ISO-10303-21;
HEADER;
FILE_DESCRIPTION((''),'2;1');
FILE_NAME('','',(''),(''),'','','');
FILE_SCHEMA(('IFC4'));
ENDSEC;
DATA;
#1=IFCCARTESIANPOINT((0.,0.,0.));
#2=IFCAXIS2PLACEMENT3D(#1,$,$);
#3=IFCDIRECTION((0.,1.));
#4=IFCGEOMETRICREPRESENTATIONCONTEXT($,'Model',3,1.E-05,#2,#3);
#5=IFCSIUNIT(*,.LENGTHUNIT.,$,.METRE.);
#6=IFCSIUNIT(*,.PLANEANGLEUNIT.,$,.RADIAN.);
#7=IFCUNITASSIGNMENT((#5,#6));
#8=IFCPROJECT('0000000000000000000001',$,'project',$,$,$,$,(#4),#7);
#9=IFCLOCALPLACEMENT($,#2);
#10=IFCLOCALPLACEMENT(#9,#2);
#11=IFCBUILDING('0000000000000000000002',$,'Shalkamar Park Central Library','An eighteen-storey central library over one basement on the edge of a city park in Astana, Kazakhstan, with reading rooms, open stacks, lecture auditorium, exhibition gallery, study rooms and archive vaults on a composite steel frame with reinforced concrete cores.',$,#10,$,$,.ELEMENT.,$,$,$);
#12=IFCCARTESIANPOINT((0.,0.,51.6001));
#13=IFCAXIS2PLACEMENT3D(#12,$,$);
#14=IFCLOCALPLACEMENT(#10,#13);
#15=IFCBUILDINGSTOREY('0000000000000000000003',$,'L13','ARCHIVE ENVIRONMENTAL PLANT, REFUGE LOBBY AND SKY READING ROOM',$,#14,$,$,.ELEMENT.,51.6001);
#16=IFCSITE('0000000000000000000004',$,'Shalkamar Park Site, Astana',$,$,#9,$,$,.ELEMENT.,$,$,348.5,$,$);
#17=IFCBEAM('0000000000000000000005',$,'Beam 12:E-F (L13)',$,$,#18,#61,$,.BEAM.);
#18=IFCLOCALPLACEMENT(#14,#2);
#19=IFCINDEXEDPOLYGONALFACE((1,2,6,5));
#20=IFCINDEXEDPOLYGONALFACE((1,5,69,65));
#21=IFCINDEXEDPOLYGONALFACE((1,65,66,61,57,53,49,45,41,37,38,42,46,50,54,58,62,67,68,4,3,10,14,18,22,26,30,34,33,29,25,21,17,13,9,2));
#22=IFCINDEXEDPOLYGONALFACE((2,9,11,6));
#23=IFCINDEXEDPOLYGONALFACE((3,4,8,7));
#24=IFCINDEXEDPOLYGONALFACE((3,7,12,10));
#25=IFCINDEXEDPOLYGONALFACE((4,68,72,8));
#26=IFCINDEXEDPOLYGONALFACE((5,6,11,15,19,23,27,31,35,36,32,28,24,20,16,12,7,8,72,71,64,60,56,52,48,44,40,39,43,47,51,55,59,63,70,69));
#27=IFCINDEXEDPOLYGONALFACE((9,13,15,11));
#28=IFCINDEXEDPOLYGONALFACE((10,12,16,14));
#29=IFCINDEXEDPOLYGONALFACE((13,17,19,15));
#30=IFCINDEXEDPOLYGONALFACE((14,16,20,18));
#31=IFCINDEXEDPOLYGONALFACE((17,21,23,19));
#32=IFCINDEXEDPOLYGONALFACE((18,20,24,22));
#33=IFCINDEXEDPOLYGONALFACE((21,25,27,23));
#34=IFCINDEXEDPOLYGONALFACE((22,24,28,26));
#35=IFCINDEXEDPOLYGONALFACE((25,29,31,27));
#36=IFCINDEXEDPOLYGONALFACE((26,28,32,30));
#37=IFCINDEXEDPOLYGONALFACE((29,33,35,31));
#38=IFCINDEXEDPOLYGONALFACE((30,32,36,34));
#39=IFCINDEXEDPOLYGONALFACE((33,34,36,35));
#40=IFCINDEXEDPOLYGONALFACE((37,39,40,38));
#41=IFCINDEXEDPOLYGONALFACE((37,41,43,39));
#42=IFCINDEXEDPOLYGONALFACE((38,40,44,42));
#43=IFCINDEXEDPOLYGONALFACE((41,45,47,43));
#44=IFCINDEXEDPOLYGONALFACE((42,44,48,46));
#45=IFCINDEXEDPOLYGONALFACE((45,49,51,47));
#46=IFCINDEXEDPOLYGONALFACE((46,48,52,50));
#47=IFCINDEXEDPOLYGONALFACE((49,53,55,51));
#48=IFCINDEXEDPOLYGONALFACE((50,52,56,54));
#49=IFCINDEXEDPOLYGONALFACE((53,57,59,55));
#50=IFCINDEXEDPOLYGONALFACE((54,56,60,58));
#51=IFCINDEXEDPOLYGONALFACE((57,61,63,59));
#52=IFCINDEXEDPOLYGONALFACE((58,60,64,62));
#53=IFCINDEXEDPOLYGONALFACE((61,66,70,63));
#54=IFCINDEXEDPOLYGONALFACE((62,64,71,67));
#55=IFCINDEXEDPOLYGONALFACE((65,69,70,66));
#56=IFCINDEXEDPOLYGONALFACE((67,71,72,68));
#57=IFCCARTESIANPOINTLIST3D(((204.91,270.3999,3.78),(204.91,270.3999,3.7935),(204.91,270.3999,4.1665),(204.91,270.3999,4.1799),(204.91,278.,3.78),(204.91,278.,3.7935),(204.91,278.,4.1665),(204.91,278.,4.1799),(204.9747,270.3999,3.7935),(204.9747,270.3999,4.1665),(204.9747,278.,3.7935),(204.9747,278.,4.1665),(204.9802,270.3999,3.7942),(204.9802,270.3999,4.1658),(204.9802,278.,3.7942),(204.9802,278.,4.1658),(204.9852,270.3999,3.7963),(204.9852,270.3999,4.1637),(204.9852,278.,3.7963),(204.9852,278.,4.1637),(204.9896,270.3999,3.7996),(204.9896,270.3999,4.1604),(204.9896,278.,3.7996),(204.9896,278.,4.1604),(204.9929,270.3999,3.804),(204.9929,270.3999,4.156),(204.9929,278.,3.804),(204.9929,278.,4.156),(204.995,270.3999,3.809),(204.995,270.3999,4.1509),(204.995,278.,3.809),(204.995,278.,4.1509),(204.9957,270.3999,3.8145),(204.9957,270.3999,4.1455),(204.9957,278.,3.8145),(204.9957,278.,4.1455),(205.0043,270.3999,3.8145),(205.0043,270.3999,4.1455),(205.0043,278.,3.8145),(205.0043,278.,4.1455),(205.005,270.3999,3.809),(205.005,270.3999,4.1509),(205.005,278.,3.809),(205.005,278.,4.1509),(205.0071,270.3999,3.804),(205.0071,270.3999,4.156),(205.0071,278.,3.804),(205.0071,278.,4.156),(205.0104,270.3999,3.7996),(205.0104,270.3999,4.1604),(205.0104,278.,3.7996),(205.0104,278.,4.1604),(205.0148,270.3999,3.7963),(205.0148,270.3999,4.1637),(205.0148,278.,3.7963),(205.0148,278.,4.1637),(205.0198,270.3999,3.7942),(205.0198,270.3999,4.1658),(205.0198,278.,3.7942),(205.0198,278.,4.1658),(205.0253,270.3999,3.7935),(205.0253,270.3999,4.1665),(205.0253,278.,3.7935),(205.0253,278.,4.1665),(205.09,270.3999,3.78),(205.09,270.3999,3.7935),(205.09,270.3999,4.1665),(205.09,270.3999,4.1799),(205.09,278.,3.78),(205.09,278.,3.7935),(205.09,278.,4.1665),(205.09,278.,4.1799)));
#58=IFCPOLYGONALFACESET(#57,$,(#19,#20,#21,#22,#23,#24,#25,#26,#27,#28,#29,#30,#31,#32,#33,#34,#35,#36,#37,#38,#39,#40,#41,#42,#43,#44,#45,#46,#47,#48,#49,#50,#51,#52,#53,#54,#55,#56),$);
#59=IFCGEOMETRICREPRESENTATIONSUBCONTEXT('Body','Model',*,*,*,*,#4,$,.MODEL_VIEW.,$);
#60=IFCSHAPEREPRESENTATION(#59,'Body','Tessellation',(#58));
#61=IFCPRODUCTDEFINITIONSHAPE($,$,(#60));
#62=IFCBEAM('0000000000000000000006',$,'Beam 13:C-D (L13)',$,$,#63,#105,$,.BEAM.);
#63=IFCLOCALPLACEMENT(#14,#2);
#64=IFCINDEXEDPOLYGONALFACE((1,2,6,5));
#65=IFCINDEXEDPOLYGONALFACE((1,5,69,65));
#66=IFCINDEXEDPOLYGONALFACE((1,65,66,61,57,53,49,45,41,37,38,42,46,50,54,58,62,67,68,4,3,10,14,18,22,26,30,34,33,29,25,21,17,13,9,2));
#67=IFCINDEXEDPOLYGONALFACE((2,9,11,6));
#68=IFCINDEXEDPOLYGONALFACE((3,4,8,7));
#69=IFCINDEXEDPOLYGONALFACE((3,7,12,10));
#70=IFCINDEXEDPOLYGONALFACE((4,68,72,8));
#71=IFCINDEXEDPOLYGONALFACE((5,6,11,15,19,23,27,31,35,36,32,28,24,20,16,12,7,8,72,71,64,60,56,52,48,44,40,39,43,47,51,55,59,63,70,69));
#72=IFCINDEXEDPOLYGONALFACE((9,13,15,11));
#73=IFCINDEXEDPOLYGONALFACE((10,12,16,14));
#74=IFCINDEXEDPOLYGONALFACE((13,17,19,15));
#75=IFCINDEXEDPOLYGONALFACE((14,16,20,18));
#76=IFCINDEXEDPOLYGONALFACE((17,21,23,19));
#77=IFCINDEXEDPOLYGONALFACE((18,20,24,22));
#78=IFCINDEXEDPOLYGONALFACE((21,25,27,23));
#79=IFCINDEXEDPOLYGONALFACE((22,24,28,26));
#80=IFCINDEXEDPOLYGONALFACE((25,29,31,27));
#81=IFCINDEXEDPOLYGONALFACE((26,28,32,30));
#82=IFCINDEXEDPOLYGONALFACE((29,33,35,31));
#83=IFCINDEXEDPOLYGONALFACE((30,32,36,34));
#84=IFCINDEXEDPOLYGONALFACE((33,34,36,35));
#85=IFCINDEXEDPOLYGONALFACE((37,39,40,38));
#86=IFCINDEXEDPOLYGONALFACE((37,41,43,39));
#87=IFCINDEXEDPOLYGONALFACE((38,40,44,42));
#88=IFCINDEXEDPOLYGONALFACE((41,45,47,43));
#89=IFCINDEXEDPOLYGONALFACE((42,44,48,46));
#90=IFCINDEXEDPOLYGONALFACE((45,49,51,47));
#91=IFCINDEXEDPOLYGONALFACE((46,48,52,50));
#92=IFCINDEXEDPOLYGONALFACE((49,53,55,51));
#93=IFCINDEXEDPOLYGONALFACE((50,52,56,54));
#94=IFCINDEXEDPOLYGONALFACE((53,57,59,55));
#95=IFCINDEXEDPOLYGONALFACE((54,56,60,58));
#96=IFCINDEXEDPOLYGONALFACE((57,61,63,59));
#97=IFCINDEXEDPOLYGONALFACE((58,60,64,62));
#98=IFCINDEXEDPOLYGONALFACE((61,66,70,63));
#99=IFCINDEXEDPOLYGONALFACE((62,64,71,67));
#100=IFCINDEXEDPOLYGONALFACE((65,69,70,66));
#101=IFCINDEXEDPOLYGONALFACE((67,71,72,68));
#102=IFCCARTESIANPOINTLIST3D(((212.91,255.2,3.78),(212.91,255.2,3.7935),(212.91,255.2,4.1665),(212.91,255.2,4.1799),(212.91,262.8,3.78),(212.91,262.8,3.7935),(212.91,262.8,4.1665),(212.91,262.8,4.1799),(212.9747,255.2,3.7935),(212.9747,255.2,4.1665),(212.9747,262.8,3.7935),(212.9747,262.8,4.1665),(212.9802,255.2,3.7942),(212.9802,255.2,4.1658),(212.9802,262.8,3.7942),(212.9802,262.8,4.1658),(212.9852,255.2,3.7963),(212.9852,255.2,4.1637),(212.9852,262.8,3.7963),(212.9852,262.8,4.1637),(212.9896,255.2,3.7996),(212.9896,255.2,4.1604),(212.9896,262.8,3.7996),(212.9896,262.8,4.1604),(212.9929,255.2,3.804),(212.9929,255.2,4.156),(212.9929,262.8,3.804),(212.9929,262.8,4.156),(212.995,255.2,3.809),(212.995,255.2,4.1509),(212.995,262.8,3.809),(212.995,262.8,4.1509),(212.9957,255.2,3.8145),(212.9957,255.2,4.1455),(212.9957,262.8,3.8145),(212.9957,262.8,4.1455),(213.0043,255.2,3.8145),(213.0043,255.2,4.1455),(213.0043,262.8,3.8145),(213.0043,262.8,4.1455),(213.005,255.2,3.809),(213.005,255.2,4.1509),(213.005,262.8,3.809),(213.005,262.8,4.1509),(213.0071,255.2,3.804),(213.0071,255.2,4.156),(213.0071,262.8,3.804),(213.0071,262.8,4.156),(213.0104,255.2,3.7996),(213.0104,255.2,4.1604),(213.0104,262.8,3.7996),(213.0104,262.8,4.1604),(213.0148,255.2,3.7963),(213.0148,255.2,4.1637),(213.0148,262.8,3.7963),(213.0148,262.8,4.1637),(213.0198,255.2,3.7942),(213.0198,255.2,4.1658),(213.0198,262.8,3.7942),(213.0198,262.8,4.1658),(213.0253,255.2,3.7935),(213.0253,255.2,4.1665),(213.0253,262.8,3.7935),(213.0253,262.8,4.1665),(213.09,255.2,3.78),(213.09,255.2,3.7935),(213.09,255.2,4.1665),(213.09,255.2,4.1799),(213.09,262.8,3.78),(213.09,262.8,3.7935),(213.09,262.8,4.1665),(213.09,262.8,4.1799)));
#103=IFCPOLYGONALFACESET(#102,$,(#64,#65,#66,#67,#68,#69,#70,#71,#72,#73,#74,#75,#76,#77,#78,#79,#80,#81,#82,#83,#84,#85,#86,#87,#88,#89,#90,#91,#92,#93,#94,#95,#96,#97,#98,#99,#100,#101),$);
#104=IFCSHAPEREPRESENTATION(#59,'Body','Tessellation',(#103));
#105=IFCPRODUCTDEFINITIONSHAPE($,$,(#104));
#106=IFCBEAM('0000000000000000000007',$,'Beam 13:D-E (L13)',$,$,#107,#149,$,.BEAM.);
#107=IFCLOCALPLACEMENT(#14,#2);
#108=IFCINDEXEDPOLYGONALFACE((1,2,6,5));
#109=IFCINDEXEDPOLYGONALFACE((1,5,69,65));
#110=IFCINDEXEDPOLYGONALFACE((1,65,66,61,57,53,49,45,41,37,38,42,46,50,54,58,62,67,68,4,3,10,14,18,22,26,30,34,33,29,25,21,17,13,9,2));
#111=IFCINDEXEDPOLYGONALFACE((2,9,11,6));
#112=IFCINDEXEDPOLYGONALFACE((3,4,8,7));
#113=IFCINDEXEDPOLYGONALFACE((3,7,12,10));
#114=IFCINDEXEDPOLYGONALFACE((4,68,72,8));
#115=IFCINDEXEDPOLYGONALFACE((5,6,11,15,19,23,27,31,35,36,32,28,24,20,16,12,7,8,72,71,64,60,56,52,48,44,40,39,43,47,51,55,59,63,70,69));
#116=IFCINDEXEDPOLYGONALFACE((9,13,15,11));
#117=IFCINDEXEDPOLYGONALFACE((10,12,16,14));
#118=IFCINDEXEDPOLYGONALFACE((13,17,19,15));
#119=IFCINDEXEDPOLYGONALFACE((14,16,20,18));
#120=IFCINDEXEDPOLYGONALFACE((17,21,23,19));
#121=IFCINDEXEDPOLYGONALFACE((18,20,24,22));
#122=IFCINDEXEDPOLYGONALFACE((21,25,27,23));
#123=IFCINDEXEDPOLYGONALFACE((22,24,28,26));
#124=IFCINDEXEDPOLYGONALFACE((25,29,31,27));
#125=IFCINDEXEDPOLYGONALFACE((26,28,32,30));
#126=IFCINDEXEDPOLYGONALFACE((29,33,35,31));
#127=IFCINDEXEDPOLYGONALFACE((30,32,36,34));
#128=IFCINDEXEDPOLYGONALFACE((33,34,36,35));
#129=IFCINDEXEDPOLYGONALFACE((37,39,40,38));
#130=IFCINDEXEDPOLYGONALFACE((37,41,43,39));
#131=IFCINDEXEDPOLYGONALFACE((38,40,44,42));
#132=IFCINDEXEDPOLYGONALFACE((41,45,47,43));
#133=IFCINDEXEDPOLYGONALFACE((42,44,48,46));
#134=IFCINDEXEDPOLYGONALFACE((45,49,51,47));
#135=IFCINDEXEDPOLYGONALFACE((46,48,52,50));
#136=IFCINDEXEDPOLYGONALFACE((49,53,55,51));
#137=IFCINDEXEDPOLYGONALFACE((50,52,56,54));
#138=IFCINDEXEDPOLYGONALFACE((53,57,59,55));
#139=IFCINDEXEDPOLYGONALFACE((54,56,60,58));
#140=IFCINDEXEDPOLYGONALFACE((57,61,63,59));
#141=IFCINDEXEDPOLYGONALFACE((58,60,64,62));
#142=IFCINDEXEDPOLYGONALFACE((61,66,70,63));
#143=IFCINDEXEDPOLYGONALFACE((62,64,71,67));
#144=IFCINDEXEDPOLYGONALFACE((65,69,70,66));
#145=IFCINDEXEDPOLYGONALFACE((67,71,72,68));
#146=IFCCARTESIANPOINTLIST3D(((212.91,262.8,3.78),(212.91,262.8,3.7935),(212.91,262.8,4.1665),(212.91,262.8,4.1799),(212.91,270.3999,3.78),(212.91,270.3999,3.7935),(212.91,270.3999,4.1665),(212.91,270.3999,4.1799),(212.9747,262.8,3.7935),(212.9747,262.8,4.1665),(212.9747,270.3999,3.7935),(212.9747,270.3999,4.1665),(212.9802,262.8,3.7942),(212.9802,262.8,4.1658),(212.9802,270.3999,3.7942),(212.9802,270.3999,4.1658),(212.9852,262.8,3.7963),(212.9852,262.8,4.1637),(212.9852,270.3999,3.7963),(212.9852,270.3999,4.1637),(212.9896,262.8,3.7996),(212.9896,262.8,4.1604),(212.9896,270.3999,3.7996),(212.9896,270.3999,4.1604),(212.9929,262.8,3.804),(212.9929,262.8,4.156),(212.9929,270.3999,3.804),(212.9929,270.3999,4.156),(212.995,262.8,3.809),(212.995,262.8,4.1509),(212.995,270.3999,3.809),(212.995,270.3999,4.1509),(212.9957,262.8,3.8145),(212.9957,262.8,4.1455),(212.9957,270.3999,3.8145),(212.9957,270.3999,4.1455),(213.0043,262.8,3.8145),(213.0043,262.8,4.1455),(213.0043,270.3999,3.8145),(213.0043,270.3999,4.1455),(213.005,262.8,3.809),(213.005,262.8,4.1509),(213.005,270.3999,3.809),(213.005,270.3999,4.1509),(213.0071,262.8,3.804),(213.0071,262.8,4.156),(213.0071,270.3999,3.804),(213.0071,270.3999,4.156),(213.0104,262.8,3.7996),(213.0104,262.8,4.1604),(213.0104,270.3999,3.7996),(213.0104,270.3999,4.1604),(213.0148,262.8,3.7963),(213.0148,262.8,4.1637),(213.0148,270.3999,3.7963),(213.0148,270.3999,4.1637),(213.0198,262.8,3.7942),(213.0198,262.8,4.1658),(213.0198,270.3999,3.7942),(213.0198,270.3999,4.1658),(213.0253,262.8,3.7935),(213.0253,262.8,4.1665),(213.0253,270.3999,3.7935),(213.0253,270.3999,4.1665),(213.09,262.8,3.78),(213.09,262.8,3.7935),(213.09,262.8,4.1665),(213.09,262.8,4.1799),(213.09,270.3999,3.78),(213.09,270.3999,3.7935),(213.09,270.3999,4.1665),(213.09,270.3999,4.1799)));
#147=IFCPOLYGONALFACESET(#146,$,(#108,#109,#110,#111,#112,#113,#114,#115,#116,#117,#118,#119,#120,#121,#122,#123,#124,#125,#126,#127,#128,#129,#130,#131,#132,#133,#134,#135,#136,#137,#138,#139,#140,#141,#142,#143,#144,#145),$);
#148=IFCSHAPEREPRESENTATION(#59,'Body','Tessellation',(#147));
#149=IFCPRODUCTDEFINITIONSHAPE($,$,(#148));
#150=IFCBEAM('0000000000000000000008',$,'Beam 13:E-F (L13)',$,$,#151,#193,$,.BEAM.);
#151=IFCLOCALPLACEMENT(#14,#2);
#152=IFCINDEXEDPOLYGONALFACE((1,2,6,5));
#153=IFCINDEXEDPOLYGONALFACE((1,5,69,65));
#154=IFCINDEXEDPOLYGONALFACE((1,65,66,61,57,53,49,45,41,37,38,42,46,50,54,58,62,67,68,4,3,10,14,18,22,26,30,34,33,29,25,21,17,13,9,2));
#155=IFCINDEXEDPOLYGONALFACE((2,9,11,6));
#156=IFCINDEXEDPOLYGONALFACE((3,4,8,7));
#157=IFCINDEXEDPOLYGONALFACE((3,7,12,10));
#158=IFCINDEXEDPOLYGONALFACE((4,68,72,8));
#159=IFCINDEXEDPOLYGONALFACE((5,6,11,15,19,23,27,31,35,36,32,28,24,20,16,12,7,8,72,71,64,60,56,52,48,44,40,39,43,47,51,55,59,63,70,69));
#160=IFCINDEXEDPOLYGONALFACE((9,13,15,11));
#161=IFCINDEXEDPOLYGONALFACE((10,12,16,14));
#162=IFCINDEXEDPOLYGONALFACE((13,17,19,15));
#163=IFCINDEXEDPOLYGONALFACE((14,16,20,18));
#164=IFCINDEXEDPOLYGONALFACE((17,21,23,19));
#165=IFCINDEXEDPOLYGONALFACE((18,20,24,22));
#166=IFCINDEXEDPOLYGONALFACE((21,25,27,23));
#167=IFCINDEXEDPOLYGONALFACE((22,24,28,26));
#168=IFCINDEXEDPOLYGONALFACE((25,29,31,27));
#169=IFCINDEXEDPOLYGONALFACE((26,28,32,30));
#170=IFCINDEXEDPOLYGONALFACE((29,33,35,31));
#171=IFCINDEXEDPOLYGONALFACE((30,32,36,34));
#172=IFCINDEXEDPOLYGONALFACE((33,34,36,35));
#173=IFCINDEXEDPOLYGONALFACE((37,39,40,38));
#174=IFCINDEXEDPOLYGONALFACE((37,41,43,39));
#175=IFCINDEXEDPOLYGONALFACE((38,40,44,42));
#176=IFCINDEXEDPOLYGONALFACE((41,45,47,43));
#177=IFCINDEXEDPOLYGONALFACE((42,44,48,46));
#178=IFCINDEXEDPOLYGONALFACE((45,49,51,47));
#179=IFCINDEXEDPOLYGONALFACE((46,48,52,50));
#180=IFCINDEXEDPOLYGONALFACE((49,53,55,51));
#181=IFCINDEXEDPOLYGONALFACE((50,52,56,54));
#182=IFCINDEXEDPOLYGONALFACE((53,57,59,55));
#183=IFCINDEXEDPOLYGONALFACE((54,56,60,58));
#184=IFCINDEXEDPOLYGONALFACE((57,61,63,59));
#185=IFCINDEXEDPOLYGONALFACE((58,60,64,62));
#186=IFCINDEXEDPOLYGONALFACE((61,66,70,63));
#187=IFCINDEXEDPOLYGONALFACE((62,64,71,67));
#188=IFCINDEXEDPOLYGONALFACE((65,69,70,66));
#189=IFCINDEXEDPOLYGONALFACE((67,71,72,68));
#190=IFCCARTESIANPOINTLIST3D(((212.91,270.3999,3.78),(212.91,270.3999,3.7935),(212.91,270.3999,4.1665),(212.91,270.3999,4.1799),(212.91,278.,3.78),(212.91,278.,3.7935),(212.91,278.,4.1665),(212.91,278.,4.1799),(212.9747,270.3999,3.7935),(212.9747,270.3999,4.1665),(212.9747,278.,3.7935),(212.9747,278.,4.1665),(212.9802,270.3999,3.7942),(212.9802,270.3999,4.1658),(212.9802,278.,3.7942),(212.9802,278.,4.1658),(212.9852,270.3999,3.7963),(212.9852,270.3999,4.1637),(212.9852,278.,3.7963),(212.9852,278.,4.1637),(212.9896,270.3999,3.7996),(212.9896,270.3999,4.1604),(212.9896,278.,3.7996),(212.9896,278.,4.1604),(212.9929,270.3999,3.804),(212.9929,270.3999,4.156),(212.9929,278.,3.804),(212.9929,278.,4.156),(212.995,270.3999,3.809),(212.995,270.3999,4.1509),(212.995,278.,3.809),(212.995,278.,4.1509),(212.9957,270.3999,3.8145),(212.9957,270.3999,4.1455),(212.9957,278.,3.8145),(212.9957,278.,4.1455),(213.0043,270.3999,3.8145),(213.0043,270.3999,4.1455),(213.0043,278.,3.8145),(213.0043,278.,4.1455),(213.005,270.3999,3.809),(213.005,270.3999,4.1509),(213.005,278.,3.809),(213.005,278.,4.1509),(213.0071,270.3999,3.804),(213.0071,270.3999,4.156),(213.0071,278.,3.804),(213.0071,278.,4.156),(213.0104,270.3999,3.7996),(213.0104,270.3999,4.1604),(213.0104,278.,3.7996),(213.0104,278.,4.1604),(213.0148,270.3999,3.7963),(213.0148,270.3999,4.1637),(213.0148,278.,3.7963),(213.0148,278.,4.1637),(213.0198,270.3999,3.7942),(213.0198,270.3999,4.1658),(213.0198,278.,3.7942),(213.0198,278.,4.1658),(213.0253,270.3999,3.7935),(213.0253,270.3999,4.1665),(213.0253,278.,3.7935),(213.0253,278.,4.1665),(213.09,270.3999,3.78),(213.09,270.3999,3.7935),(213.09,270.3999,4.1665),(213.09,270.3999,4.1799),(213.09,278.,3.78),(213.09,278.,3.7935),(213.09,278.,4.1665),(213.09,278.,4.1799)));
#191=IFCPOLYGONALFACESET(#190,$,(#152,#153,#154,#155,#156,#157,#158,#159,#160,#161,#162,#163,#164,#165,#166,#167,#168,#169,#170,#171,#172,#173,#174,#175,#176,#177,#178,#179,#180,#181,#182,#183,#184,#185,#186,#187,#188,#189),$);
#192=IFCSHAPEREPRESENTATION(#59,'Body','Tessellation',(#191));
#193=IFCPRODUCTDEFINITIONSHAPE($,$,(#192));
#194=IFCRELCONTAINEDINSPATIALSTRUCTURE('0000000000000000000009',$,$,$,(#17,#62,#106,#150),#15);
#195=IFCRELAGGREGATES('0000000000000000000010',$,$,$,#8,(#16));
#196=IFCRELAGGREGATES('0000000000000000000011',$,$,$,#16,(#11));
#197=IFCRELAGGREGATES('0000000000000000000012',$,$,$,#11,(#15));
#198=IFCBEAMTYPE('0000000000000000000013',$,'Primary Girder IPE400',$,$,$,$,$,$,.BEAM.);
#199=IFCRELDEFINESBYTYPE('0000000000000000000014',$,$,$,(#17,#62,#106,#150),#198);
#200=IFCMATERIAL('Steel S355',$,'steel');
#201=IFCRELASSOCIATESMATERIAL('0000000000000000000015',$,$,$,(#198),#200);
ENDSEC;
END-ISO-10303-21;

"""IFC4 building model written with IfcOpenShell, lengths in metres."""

from ifc_helpers import new_model, si_unit, direction, frame, origin, origin_2d, place, context, subcontext, project, spatial, i_section, extrude, material, material_profile, profile_set, type_object, element, save


model = new_model("IFC4")

# Units and contexts
model_context = context("Model", 3, precision=1e-05, world=origin(), true_north=direction((0.0, 1.0)))
body_context = subcontext(model_context, "Body", "Model", "MODEL_VIEW")
ifc_project = project(units=[si_unit("LENGTHUNIT", "METRE"), si_unit("PLANEANGLEUNIT", "RADIAN")], contexts=[model_context])

# Site, building, storey
site_placement = place(None, origin())
site = spatial("IfcSite", under=ifc_project, at=site_placement, Name="Shalkamar Park Site, Astana", CompositionType="ELEMENT", RefElevation=348.5)
building_placement = place(site_placement, origin())
building = spatial("IfcBuilding", under=site, at=building_placement, Name="Shalkamar Park Central Library", Description="An eighteen-storey central library over one basement on the edge of a city park in Astana, Kazakhstan, with reading rooms, open stacks, lecture auditorium, exhibition gallery, study rooms and archive vaults on a composite steel frame with reinforced concrete cores.", CompositionType="ELEMENT")
storey_placement = place(building_placement, frame((0.0, 0.0, 51.6001)))
storey = spatial("IfcBuildingStorey", under=building, at=storey_placement, Name="L13", Description="ARCHIVE ENVIRONMENTAL PLANT, REFUGE LOBBY AND SKY READING ROOM", CompositionType="ELEMENT", Elevation=51.6001)

# Shared definitions
ifc_material_1 = material(Name="Steel S355", Category="steel")

# Beams
ifc_material_profile_1 = material_profile(ifc_material_1, i_section(OverallWidth=0.1799, OverallDepth=0.3999, WebThickness=0.0085, FlangeThickness=0.0134, FilletRadius=0.021, at=origin_2d()), Name="IPE 400")
ifc_profile_set_1 = profile_set([ifc_material_profile_1], Name="Steel S355")
beam_type_1 = type_object("IfcBeamType", Name="Primary Girder IPE400", PredefinedType="BEAM", material=ifc_profile_set_1)
for number, where, z_axis, x_axis, name in (
    (1, (205.0, 270.3999, 3.98), (0.0, 1.0, 0.0), (-1.0, 0.0, 0.0), "Beam 12:E-F (L13)"),
    (2, (213.0, 255.2, 3.98), (0.0, 1.0, 0.0), (-1.0, 0.0, 0.0), "Beam 13:C-D (L13)"),
):
    element("IfcBeam", number, at=place(storey_placement, frame(where, z_axis=z_axis, x_axis=x_axis)), inside=storey, type_object=beam_type_1, Name=name, PredefinedType="BEAM", context=body_context, shape_type="SweptSolid", body=[
        extrude(i_section(OverallWidth=0.1799, OverallDepth=0.3999, WebThickness=0.0085, FlangeThickness=0.0134, FilletRadius=0.021, at=origin_2d()), origin(), (0.0, 0.0, 1.0), 7.6001),
    ])
beam_1_placement = place(storey_placement, frame((213.0, 262.8, 3.98), z_axis=(0.0, 1.0, 0.0), x_axis=(-1.0, 0.0, 0.0)))
element("IfcBeam", 3, at=beam_1_placement, inside=storey, type_object=beam_type_1, Name="Beam 13:D-E (L13)", PredefinedType="BEAM", context=body_context, shape_type="SweptSolid", body=[
    extrude(i_section(OverallWidth=0.1799, OverallDepth=0.3999, WebThickness=0.0085, FlangeThickness=0.0134, FilletRadius=0.021, at=origin_2d()), origin(), (0.0, 0.0, 1.0), 7.5999),
])
beam_2_placement = place(storey_placement, frame((213.0, 270.3999, 3.98), z_axis=(0.0, 1.0, 0.0), x_axis=(-1.0, 0.0, 0.0)))
element("IfcBeam", 4, at=beam_2_placement, inside=storey, type_object=beam_type_1, Name="Beam 13:E-F (L13)", PredefinedType="BEAM", context=body_context, shape_type="SweptSolid", body=[
    extrude(i_section(OverallWidth=0.1799, OverallDepth=0.3999, WebThickness=0.0085, FlangeThickness=0.0134, FilletRadius=0.021, at=origin_2d()), origin(), (0.0, 0.0, 1.0), 7.6001),
])

save(model, "model.ifc")
